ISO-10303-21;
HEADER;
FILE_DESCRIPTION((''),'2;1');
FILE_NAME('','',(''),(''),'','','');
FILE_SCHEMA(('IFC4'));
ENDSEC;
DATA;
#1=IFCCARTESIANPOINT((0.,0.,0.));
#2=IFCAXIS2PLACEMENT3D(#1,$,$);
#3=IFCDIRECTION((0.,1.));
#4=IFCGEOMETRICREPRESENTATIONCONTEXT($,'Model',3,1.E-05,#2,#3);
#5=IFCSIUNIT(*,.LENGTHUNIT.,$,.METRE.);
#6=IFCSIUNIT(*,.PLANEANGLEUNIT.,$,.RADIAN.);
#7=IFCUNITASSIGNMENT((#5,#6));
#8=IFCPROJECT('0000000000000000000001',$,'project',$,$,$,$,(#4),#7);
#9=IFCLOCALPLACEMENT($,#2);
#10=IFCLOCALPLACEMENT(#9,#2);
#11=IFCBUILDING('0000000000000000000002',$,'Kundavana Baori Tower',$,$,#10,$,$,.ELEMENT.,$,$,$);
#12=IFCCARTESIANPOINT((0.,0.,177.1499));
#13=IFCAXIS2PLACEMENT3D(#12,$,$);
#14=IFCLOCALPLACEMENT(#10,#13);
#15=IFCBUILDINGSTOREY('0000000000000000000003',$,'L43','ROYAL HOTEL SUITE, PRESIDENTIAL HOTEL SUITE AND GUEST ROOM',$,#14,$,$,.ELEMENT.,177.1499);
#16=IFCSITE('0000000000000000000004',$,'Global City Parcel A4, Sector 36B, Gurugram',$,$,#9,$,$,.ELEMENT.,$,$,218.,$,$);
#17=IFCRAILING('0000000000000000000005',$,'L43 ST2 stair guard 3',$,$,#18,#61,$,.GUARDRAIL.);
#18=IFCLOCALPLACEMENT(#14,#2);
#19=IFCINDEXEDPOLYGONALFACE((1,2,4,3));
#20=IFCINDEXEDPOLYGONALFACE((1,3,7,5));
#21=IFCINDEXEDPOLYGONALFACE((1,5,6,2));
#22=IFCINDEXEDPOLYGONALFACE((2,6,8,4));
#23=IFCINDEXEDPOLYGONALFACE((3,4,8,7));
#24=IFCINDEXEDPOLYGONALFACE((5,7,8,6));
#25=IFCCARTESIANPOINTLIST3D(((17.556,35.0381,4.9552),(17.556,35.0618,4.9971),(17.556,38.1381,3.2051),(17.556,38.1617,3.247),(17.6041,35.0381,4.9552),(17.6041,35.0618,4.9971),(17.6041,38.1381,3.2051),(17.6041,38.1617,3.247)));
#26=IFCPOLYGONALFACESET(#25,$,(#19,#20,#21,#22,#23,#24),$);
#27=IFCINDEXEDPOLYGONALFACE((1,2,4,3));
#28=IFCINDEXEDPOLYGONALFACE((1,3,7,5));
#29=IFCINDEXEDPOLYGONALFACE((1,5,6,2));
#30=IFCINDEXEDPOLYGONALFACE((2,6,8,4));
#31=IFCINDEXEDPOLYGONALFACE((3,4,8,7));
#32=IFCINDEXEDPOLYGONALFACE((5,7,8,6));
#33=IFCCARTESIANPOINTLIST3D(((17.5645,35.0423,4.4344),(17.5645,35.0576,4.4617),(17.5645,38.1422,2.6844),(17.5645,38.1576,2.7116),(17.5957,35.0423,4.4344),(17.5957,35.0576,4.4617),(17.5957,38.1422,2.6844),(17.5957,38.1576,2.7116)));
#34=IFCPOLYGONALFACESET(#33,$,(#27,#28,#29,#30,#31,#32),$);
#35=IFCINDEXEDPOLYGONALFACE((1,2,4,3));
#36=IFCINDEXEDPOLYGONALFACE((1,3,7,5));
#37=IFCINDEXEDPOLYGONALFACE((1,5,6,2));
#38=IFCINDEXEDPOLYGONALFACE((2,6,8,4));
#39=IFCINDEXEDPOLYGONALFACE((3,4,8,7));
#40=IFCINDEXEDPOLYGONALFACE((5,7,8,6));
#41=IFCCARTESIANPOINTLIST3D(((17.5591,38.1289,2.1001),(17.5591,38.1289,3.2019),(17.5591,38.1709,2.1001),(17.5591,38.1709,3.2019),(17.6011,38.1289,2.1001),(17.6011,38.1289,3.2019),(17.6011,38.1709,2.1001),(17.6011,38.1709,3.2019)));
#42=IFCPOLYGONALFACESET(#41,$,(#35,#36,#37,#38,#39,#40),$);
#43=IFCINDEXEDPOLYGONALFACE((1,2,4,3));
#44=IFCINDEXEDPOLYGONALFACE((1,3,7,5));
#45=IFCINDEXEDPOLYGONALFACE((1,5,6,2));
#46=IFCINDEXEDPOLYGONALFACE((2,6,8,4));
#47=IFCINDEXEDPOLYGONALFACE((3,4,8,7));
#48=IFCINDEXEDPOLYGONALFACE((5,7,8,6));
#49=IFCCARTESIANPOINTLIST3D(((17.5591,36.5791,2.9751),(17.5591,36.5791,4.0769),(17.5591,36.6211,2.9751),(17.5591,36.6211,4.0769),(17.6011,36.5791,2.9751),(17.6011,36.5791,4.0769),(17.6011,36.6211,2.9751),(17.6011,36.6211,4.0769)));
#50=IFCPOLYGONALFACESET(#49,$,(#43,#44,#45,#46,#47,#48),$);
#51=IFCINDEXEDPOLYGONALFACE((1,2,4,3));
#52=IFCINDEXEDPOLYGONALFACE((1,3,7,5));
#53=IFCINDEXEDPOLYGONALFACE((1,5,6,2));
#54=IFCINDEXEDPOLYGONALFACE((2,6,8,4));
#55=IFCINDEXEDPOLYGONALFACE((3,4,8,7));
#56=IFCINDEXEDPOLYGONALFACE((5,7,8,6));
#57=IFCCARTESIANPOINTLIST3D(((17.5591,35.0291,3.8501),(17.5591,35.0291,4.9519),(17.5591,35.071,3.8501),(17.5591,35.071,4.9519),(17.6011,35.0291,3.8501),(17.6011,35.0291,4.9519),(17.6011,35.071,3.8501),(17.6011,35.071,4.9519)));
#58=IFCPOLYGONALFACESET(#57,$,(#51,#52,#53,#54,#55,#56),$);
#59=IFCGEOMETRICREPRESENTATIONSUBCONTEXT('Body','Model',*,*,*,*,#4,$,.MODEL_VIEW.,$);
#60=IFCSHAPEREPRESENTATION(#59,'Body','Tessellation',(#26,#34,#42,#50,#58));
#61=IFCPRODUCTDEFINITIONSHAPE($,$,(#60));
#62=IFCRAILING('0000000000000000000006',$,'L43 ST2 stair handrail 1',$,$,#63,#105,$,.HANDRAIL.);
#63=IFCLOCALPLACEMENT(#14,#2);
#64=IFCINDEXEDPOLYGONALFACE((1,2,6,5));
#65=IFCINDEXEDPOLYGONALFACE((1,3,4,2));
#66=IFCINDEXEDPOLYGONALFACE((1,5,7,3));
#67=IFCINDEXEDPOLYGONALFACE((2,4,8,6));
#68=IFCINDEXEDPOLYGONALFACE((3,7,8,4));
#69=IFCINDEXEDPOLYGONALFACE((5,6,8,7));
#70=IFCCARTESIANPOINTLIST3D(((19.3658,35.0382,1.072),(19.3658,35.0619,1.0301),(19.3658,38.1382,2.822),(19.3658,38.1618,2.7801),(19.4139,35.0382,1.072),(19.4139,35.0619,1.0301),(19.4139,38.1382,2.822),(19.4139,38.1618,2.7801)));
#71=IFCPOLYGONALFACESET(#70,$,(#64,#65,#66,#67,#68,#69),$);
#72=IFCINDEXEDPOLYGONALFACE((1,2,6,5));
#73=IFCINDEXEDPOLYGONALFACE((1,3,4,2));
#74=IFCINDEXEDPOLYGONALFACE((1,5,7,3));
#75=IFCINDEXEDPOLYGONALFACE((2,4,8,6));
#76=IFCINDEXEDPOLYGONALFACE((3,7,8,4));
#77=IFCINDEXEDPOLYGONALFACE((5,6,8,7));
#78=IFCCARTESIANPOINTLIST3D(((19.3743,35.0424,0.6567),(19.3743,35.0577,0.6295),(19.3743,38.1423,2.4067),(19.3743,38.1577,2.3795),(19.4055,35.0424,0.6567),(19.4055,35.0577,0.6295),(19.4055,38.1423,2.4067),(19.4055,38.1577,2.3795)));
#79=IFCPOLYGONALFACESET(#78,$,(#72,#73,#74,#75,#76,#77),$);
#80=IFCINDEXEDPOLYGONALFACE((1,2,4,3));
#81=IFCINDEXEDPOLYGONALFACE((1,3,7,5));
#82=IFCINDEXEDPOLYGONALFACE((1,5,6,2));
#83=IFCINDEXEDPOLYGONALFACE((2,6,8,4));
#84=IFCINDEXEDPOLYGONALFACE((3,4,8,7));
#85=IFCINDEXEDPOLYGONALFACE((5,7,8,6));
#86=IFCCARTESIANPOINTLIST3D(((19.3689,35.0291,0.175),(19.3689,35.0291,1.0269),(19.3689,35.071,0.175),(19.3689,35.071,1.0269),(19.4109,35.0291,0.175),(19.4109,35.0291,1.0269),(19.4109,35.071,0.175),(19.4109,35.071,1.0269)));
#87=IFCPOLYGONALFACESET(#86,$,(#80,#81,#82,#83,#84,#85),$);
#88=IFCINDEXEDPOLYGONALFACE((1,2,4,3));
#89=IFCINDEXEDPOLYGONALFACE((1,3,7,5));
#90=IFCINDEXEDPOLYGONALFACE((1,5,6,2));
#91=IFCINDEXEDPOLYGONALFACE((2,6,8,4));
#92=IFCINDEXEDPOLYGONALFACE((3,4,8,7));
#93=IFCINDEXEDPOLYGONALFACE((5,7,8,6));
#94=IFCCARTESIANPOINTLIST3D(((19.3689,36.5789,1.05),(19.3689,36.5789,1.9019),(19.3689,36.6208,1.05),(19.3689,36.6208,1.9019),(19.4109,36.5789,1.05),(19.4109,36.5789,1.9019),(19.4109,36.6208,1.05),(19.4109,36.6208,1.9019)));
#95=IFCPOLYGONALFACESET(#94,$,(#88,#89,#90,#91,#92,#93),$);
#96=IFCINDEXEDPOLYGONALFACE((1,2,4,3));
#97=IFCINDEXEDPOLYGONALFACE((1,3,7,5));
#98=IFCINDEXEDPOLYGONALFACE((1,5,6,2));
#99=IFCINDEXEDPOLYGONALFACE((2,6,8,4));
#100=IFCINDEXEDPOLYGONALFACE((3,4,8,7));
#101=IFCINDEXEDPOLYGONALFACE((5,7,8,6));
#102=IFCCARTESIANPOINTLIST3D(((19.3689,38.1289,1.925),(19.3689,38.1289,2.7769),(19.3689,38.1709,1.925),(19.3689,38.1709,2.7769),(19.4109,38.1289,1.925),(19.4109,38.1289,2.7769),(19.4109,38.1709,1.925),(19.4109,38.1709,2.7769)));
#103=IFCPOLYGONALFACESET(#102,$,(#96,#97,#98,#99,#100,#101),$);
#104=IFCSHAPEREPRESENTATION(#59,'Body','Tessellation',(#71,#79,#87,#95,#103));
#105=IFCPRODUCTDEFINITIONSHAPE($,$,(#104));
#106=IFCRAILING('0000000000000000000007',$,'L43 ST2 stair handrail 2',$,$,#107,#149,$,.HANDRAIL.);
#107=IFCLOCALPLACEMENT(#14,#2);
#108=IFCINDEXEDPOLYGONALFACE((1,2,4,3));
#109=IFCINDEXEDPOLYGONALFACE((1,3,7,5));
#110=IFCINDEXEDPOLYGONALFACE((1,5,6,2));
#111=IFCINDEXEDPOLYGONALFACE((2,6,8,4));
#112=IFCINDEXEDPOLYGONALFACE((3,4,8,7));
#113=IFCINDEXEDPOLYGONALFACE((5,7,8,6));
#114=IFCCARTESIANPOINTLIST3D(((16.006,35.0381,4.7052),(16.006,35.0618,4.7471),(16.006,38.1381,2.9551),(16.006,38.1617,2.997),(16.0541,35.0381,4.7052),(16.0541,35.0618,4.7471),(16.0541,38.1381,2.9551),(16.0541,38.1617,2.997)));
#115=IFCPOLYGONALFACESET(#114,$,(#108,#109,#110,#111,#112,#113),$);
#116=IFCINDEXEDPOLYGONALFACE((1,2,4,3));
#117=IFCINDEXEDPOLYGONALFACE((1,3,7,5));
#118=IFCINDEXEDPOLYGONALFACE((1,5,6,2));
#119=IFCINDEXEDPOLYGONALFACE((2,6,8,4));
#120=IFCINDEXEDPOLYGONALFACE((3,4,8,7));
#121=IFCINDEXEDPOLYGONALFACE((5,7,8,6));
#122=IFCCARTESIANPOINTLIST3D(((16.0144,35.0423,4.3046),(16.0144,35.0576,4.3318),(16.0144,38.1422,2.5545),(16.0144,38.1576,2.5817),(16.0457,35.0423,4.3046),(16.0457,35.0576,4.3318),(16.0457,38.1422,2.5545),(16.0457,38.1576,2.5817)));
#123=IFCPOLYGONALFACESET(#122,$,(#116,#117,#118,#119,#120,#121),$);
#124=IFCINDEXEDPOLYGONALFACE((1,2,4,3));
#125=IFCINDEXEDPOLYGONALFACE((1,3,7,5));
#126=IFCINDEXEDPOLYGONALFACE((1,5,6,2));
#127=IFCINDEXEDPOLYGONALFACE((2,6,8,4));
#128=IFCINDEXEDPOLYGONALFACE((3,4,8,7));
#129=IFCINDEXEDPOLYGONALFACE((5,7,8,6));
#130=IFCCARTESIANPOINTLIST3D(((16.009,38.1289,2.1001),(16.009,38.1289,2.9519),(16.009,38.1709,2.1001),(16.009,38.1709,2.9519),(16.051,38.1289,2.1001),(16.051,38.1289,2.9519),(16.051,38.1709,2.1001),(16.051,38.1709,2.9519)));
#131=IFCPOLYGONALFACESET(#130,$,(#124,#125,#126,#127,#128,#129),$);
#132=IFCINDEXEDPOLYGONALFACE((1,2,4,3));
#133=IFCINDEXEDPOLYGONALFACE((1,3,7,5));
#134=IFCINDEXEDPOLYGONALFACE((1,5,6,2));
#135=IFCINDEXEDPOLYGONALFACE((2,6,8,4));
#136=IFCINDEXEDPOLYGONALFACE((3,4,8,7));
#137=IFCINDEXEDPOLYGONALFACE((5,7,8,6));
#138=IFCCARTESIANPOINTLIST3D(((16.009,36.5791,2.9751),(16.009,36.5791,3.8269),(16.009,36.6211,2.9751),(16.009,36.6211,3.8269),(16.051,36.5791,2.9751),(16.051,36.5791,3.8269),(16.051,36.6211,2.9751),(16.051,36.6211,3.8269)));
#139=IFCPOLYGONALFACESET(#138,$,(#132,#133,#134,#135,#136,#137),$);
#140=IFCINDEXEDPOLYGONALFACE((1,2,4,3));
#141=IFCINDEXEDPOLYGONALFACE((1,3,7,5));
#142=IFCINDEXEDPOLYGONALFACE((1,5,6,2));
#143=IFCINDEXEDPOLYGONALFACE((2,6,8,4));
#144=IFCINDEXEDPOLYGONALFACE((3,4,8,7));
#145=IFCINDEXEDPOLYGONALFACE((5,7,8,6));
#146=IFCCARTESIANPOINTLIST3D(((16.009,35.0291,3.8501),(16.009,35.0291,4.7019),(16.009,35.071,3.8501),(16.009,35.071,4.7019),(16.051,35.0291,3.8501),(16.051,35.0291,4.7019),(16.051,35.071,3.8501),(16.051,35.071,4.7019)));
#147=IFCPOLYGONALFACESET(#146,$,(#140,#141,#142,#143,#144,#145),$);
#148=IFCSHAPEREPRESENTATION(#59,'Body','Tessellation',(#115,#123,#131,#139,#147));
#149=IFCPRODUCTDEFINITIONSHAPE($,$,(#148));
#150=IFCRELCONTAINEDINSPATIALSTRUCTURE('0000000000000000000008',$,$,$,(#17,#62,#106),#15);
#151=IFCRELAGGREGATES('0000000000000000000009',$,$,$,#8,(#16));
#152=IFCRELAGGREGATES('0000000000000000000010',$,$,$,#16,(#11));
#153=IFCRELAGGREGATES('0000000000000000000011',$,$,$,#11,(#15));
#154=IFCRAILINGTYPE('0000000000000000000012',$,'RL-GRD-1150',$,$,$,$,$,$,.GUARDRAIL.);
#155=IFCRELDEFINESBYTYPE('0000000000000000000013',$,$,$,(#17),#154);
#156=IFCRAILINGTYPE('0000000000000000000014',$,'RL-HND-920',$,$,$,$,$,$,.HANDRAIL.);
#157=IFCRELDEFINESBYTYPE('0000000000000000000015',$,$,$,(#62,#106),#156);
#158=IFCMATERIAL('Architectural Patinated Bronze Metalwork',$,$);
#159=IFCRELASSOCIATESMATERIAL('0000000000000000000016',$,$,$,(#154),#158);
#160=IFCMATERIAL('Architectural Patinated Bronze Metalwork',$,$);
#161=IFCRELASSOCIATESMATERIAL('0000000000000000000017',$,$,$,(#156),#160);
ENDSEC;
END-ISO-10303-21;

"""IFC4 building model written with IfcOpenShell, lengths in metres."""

from ifc_helpers import new_model, si_unit, direction, frame, origin, origin_2d, place, context, subcontext, project, spatial, rectangle, extrude, material, type_object, element, save


model = new_model("IFC4")

# Units and contexts
model_context = context("Model", 3, precision=1e-05, world=origin(), true_north=direction((0.0, 1.0)))
body_context = subcontext(model_context, "Body", "Model", "MODEL_VIEW")
ifc_project = project(units=[si_unit("LENGTHUNIT", "METRE"), si_unit("PLANEANGLEUNIT", "RADIAN")], contexts=[model_context])

# Site, building, storey
site_placement = place(None, origin())
site = spatial("IfcSite", under=ifc_project, at=site_placement, Name="Global City Parcel A4, Sector 36B, Gurugram", CompositionType="ELEMENT", RefElevation=218.0)
building_placement = place(site_placement, origin())
building = spatial("IfcBuilding", under=site, at=building_placement, Name="Kundavana Baori Tower", CompositionType="ELEMENT")
storey_placement = place(building_placement, frame((0.0, 0.0, 177.1499)))
storey = spatial("IfcBuildingStorey", under=building, at=storey_placement, Name="L43", Description="ROYAL HOTEL SUITE, PRESIDENTIAL HOTEL SUITE AND GUEST ROOM", CompositionType="ELEMENT", Elevation=177.1499)

# Railings
ifc_material_1 = material(Name="Architectural Patinated Bronze Metalwork")
railing_type_1 = type_object("IfcRailingType", Name="RL-GRD-1150", PredefinedType="GUARDRAIL", material=ifc_material_1)
railing_1_placement = place(storey_placement, frame((17.5801, 38.1499, 2.1001)))
element("IfcRailing", 1, at=railing_1_placement, inside=storey, type_object=railing_type_1, Name="L43 ST2 stair guard 3", PredefinedType="GUARDRAIL", context=body_context, shape_type="SweptSolid", body=[
    extrude(rectangle(XDim=0.0481, YDim=0.0481, at=origin_2d()), frame((0.0, 0.0, 1.126), z_axis=(0.0, -0.870814, 0.491612), x_axis=(1.0, 0.0, 0.0)), (0.0, 0.0, 1.0), 3.5598),
    extrude(rectangle(XDim=0.0312, YDim=0.0312, at=origin_2d()), frame((0.0, 0.0, 0.5979), z_axis=(0.0, -0.870814, 0.491612), x_axis=(1.0, 0.0, 0.0)), (0.0, 0.0, 1.0), 3.5598),
    extrude(rectangle(XDim=0.042, YDim=0.042, at=origin_2d()), origin(), (0.0, 0.0, 1.0), 1.1018),
    extrude(rectangle(XDim=0.042, YDim=0.042, at=origin_2d()), frame((0.0, -1.5498, 0.875)), (0.0, 0.0, 1.0), 1.1018),
    extrude(rectangle(XDim=0.042, YDim=0.042, at=origin_2d()), frame((0.0, -3.0999, 1.75)), (0.0, 0.0, 1.0), 1.1018),
])
ifc_material_2 = material(Name="Architectural Patinated Bronze Metalwork")
railing_type_2 = type_object("IfcRailingType", Name="RL-HND-920", PredefinedType="HANDRAIL", material=ifc_material_2)
railing_2_placement = place(storey_placement, frame((19.3899, 35.05, 0.175)))
element("IfcRailing", 2, at=railing_2_placement, inside=storey, type_object=railing_type_2, Name="L43 ST2 stair handrail 1", PredefinedType="HANDRAIL", context=body_context, shape_type="SweptSolid", body=[
    extrude(rectangle(XDim=0.0481, YDim=0.0481, at=origin_2d()), frame((0.0, 0.0, 0.876), z_axis=(0.0, 0.870814, 0.491612), x_axis=(-1.0, 0.0, 0.0)), (0.0, 0.0, 1.0), 3.5598),
    extrude(rectangle(XDim=0.0312, YDim=0.0312, at=origin_2d()), frame((0.0, 0.0, 0.468), z_axis=(0.0, 0.870814, 0.491612), x_axis=(-1.0, 0.0, 0.0)), (0.0, 0.0, 1.0), 3.5598),
    extrude(rectangle(XDim=0.042, YDim=0.042, at=origin_2d()), origin(), (0.0, 0.0, 1.0), 0.8518),
    extrude(rectangle(XDim=0.042, YDim=0.042, at=origin_2d()), frame((0.0, 1.5498, 0.875)), (0.0, 0.0, 1.0), 0.8518),
    extrude(rectangle(XDim=0.042, YDim=0.042, at=origin_2d()), frame((0.0, 3.0999, 1.75)), (0.0, 0.0, 1.0), 0.8518),
])
railing_3_placement = place(storey_placement, frame((16.03, 38.1499, 2.1001)))
element("IfcRailing", 3, at=railing_3_placement, inside=storey, type_object=railing_type_2, Name="L43 ST2 stair handrail 2", PredefinedType="HANDRAIL", context=body_context, shape_type="SweptSolid", body=[
    extrude(rectangle(XDim=0.0481, YDim=0.0481, at=origin_2d()), frame((0.0, 0.0, 0.876), z_axis=(0.0, -0.870814, 0.491612), x_axis=(1.0, 0.0, 0.0)), (0.0, 0.0, 1.0), 3.5598),
    extrude(rectangle(XDim=0.0312, YDim=0.0312, at=origin_2d()), frame((0.0, 0.0, 0.468), z_axis=(0.0, -0.870814, 0.491612), x_axis=(1.0, 0.0, 0.0)), (0.0, 0.0, 1.0), 3.5598),
    extrude(rectangle(XDim=0.042, YDim=0.042, at=origin_2d()), origin(), (0.0, 0.0, 1.0), 0.8518),
    extrude(rectangle(XDim=0.042, YDim=0.042, at=origin_2d()), frame((0.0, -1.5498, 0.875)), (0.0, 0.0, 1.0), 0.8518),
    extrude(rectangle(XDim=0.042, YDim=0.042, at=origin_2d()), frame((0.0, -3.0999, 1.75)), (0.0, 0.0, 1.0), 0.8518),
])

save(model, "model.ifc")
